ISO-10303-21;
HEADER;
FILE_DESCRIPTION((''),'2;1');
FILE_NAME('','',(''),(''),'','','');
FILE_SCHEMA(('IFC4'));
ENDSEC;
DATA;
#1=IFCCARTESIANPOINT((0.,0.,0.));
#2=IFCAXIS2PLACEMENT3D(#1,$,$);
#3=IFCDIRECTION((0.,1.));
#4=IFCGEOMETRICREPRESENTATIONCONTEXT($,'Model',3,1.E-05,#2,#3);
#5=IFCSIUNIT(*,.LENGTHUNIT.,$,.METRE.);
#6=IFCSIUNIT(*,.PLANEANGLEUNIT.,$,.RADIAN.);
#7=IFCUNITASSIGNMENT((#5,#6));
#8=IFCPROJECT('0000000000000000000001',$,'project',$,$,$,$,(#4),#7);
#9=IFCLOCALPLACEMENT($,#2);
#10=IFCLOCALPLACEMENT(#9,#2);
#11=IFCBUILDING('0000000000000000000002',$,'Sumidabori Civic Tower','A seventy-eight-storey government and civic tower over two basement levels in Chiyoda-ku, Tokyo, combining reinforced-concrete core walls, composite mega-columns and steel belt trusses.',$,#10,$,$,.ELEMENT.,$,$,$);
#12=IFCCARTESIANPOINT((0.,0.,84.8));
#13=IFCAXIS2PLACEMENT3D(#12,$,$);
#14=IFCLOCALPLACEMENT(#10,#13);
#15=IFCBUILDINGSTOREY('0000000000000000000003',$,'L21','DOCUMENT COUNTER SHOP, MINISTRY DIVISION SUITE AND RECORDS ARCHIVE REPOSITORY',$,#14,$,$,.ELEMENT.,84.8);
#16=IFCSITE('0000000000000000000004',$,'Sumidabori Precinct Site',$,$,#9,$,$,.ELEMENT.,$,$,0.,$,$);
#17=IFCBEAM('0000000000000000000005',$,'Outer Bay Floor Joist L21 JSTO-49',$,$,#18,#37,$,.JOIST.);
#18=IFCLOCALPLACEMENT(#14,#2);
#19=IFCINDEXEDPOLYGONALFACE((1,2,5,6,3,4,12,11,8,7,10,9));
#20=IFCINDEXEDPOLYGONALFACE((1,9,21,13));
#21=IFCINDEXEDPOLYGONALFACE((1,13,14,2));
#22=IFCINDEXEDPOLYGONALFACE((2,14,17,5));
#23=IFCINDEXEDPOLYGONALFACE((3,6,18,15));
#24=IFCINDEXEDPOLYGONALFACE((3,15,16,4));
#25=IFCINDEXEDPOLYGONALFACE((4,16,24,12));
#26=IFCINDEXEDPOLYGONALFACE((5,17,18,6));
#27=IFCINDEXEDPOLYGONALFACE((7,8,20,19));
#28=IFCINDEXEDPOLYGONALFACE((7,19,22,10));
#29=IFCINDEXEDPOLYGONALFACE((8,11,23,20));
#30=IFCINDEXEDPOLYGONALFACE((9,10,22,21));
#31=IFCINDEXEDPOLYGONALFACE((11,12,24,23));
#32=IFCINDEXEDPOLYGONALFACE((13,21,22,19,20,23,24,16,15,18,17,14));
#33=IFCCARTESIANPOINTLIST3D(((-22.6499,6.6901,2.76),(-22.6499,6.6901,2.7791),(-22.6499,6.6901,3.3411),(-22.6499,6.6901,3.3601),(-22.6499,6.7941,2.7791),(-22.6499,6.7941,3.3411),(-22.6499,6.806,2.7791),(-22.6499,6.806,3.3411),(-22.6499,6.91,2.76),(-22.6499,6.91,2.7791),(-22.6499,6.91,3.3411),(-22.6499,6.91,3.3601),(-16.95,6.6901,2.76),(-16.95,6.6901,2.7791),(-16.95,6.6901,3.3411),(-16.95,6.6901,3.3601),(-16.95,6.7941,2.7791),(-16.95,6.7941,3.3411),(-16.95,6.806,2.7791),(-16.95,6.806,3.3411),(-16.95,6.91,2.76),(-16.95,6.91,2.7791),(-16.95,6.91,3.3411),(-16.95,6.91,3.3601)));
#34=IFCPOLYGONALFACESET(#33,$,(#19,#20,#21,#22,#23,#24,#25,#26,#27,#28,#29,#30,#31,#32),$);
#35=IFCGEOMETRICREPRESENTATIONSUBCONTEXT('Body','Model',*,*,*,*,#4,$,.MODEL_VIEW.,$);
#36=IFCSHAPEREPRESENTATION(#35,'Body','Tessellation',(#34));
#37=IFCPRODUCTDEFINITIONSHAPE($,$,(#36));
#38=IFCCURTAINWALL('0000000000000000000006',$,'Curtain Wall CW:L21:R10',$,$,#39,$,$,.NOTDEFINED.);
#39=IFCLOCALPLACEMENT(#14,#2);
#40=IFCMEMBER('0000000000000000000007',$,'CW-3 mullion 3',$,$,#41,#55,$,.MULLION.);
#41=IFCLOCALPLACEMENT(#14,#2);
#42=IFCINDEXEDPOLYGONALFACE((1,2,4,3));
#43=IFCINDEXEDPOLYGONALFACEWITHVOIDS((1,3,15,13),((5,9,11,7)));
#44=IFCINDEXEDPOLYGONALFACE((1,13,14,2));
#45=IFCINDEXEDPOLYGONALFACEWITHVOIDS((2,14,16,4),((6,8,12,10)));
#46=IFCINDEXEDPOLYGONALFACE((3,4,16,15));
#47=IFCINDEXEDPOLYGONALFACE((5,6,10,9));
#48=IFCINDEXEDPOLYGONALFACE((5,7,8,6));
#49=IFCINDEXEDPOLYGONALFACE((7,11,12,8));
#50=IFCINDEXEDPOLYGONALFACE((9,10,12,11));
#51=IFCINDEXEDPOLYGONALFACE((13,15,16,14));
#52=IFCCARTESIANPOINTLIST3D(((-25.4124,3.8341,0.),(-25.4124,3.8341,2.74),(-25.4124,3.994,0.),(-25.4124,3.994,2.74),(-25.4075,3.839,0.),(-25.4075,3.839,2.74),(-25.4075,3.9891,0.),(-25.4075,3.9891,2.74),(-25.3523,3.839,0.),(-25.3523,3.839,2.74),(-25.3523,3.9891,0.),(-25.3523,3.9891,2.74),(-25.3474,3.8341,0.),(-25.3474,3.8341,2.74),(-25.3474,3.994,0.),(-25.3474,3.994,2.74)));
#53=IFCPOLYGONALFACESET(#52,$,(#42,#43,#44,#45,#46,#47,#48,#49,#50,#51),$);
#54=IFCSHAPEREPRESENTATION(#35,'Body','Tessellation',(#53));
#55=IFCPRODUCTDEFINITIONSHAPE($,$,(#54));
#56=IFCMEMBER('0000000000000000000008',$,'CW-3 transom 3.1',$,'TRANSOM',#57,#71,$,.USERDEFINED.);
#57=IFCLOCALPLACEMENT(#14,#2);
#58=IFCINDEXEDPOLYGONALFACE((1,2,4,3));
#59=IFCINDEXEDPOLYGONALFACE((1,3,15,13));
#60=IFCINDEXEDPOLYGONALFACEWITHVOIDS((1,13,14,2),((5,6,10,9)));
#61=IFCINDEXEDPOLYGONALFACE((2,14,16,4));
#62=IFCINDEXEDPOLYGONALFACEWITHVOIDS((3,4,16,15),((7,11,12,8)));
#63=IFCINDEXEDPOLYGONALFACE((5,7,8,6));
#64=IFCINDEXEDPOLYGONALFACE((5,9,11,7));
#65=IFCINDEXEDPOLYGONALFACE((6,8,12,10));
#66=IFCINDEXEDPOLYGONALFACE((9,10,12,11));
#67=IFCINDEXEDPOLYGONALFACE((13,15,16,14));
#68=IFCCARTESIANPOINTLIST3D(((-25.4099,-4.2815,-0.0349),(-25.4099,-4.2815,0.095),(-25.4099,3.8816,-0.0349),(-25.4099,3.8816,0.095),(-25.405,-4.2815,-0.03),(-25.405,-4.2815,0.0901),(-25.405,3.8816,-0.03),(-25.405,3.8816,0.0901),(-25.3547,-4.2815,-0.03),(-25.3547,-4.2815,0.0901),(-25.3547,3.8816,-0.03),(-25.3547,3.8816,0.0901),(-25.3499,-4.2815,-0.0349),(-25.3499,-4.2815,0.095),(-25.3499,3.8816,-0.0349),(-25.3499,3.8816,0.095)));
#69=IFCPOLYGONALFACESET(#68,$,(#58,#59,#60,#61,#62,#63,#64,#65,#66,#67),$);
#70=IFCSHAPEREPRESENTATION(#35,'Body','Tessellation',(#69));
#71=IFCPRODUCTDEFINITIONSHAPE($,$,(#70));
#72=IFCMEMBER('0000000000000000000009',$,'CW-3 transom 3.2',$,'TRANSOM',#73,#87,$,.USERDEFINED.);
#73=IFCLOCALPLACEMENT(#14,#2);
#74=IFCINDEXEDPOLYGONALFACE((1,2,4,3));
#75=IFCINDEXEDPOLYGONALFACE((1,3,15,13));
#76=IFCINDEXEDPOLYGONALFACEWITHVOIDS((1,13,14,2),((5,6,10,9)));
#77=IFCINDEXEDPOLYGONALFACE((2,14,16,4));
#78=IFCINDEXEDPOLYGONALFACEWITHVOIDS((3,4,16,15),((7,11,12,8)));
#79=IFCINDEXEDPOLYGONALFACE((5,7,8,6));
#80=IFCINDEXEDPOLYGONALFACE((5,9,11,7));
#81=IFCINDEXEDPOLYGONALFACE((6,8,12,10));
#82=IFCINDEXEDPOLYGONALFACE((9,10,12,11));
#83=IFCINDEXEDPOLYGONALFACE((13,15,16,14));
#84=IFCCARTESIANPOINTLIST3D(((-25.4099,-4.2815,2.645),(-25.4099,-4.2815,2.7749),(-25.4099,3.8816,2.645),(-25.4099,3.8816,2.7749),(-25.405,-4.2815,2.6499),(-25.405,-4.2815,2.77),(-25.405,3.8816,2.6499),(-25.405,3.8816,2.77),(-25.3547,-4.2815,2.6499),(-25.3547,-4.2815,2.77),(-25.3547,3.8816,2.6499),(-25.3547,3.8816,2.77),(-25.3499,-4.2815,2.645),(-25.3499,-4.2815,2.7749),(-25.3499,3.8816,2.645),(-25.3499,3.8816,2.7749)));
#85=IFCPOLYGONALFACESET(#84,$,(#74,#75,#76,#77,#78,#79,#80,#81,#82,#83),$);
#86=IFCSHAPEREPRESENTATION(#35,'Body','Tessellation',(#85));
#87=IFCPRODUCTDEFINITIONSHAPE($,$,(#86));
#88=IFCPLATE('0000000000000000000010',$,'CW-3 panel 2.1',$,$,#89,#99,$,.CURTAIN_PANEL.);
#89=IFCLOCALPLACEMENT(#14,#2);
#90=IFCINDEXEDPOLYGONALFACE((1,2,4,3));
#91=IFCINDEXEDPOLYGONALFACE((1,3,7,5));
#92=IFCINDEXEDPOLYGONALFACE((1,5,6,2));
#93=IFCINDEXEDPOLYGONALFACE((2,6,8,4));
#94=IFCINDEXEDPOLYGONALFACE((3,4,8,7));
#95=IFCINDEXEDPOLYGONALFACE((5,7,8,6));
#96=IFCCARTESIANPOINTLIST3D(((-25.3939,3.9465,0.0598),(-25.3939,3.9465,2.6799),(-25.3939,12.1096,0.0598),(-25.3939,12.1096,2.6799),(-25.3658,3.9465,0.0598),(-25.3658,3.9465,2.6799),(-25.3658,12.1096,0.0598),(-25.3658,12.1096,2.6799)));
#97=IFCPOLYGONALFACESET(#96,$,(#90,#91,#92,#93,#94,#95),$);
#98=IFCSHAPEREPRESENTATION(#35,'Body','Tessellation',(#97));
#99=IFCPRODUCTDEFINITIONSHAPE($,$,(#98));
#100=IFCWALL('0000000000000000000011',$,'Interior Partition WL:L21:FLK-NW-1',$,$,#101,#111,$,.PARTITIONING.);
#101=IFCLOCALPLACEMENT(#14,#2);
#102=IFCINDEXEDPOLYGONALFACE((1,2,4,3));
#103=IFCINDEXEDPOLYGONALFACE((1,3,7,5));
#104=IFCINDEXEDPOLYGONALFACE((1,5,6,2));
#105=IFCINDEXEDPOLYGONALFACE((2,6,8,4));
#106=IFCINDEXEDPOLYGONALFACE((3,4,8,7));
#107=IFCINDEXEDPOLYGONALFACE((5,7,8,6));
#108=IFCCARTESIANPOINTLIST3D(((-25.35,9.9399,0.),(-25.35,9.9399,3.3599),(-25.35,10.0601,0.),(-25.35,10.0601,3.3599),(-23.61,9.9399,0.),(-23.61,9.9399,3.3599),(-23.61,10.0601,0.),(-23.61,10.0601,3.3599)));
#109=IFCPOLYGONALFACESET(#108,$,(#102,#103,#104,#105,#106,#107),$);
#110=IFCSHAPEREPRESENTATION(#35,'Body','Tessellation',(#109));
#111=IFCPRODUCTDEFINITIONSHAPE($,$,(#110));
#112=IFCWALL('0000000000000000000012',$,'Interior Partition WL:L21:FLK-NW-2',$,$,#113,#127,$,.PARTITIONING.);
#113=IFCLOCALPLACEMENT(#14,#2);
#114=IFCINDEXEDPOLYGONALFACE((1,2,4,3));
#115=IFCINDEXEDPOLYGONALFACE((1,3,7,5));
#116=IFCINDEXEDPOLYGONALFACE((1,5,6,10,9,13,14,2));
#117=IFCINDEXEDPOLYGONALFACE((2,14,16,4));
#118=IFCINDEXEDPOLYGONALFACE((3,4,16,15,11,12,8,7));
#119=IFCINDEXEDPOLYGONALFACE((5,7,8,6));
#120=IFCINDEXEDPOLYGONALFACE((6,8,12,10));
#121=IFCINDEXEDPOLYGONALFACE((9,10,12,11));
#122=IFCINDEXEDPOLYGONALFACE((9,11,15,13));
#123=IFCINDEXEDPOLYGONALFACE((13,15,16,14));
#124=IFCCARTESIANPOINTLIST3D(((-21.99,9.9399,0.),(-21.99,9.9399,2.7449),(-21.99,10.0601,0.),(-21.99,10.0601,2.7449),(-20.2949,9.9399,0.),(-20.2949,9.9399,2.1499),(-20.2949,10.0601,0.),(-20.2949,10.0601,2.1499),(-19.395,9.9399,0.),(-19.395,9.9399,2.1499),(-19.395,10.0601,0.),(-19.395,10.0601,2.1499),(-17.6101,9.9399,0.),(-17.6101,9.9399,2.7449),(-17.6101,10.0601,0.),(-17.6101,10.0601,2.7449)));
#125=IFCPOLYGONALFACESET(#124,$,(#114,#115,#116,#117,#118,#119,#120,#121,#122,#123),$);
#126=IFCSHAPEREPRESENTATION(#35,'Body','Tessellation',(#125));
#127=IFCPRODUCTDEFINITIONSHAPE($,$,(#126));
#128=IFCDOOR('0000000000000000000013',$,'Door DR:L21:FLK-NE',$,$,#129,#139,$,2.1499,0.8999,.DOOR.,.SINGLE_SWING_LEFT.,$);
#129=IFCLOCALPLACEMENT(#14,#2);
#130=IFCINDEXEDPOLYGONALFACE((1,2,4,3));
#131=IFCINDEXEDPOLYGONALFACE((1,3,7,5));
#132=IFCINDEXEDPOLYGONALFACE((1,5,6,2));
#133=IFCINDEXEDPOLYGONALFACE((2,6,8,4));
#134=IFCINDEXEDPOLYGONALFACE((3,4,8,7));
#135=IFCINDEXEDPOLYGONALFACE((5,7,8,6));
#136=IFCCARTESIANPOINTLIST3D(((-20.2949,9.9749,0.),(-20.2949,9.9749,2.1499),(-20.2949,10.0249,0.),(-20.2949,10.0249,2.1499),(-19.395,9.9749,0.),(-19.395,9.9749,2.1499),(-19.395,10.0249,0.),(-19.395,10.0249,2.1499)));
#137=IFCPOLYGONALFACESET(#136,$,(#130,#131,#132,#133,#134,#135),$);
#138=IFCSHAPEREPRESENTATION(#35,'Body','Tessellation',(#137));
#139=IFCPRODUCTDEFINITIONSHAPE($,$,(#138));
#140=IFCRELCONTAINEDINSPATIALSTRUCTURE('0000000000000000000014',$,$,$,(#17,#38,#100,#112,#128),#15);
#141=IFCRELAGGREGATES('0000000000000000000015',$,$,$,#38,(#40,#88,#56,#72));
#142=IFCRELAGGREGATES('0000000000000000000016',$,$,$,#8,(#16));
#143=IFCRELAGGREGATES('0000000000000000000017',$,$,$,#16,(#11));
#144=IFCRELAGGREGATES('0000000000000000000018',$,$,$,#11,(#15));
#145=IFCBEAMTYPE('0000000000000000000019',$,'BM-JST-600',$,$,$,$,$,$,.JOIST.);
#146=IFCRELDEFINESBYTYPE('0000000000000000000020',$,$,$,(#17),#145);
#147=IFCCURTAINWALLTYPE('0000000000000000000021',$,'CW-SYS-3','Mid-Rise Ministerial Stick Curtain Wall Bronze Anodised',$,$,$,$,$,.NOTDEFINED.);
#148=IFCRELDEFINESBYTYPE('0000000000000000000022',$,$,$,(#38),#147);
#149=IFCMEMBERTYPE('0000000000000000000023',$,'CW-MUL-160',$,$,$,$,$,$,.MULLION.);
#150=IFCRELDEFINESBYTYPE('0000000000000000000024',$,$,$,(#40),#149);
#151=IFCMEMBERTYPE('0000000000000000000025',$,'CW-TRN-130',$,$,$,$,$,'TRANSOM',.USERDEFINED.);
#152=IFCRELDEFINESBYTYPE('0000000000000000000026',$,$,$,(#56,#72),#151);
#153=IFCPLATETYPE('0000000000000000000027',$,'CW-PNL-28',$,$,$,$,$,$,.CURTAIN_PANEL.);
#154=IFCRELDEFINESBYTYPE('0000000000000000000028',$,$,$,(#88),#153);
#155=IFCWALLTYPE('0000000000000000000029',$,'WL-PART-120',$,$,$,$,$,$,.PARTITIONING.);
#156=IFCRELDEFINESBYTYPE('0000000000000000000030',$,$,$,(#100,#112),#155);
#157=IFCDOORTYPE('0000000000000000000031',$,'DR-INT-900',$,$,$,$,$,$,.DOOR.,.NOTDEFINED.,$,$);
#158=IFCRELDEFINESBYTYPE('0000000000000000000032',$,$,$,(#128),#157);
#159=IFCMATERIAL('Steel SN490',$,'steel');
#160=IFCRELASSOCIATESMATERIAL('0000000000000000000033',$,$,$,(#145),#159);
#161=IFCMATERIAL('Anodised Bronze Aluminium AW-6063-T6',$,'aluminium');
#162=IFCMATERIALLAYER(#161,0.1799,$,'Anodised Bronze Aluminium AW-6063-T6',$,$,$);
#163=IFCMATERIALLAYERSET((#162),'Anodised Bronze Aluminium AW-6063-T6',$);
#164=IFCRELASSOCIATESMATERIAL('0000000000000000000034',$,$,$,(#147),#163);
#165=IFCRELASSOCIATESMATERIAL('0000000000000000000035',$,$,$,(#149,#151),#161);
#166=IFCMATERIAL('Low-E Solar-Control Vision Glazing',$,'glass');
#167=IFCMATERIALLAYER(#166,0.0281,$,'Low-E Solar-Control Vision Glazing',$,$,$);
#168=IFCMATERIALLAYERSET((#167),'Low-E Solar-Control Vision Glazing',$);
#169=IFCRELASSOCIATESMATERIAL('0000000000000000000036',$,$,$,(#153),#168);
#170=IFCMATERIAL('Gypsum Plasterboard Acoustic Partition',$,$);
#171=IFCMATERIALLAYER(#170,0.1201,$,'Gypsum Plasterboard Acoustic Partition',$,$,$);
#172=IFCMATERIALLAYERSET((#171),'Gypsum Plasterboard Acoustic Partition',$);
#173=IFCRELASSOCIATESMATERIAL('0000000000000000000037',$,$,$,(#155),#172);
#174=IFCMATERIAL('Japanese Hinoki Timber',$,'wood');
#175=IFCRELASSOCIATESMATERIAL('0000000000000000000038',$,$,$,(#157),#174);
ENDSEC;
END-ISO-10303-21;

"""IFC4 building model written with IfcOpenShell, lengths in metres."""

from ifc_helpers import new_model, si_unit, direction, frame, frame_2d, origin, origin_2d, place, context, subcontext, project, spatial, rectangle, hollow_rectangle, i_section, extrude, source, transform, mapped, material, layer, layer_set, material_profile, profile_set, type_object, element, fill, aggregate, save


model = new_model("IFC4")

# Units and contexts
model_context = context("Model", 3, precision=1e-05, world=origin(), true_north=direction((0.0, 1.0)))
body_context = subcontext(model_context, "Body", "Model", "MODEL_VIEW")
ifc_project = project(units=[si_unit("LENGTHUNIT", "METRE"), si_unit("PLANEANGLEUNIT", "RADIAN")], contexts=[model_context])

# Site, building, storey
site_placement = place(None, origin())
site = spatial("IfcSite", under=ifc_project, at=site_placement, Name="Sumidabori Precinct Site", CompositionType="ELEMENT", RefElevation=0.0)
building_placement = place(site_placement, origin())
building = spatial("IfcBuilding", under=site, at=building_placement, Name="Sumidabori Civic Tower", Description="A seventy-eight-storey government and civic tower over two basement levels in Chiyoda-ku, Tokyo, combining reinforced-concrete core walls, composite mega-columns and steel belt trusses.", CompositionType="ELEMENT")
storey_placement = place(building_placement, frame((0.0, 0.0, 84.8)))
storey = spatial("IfcBuildingStorey", under=building, at=storey_placement, Name="L21", Description="DOCUMENT COUNTER SHOP, MINISTRY DIVISION SUITE AND RECORDS ARCHIVE REPOSITORY", CompositionType="ELEMENT", Elevation=84.8)

# Beam
ifc_material_1 = material(Name="Steel SN490", Category="steel")
ifc_material_profile_1 = material_profile(ifc_material_1, i_section(OverallWidth=0.22, OverallDepth=0.6001, WebThickness=0.012, FlangeThickness=0.019, at=origin_2d()), Name="IPE 600")
ifc_profile_set_1 = profile_set([ifc_material_profile_1], Name="Steel SN490")
beam_type_1 = type_object("IfcBeamType", Name="BM-JST-600", PredefinedType="JOIST", material=ifc_profile_set_1)
shared_shape_1 = source(origin(), body_context, "Body", "SweptSolid", [
    extrude(i_section(OverallWidth=0.22, OverallDepth=0.6001, WebThickness=0.012, FlangeThickness=0.019, at=origin_2d()), origin(), (0.0, 0.0, 1.0), 5.7),
])
for number, where, z_axis, x_axis, name in (
    (1, (-22.6499, 6.8, 3.0601), (1.0, 0.0, 0.0), (0.0, 1.0, 0.0), "Outer Bay Floor Joist L21 JSTO-49"),
):
    element("IfcBeam", number, at=place(storey_placement, frame(where, z_axis=z_axis, x_axis=x_axis)), inside=storey, type_object=beam_type_1, Name=name, PredefinedType="JOIST", context=body_context, shape_type="MappedRepresentation", body=[
        mapped(shared_shape_1, transform((0.0, 0.0, 0.0), x_axis=(1.0, 0.0, 0.0), y_axis=(0.0, 1.0, 0.0), z_axis=(0.0, 0.0, 1.0), scale=1.0)),
    ])

# Curtain wall, members, plate
ifc_material_2 = material(Name="Anodised Bronze Aluminium AW-6063-T6", Category="aluminium")
ifc_layer_1 = layer(ifc_material_2, 0.1799, Name="Anodised Bronze Aluminium AW-6063-T6")
ifc_layer_set_1 = layer_set([ifc_layer_1], Name="Anodised Bronze Aluminium AW-6063-T6")
curtain_wall_type = type_object("IfcCurtainWallType", Name="CW-SYS-3", Description="Mid-Rise Ministerial Stick Curtain Wall Bronze Anodised", PredefinedType="NOTDEFINED", material=ifc_layer_set_1)
curtain_wall_placement = place(storey_placement, origin())
curtain_wall = element("IfcCurtainWall", 2, at=curtain_wall_placement, inside=storey, type_object=curtain_wall_type, Name="Curtain Wall CW:L21:R10", PredefinedType="NOTDEFINED")
ifc_material_profile_2 = material_profile(ifc_material_2, hollow_rectangle(XDim=0.0649, YDim=0.1599, WallThickness=0.0049, at=origin_2d()), Name="ALU MULLION 160x65")
ifc_profile_set_2 = profile_set([ifc_material_profile_2], Name="Anodised Bronze Aluminium AW-6063-T6")
member_type_1 = type_object("IfcMemberType", Name="CW-MUL-160", PredefinedType="MULLION", material=ifc_profile_set_2)
shared_shape_2 = source(origin(), body_context, "Body", "SweptSolid", [
    extrude(hollow_rectangle(XDim=0.0649, YDim=0.1599, WallThickness=0.0049, at=origin_2d()), origin(), (0.0, 0.0, 1.0), 2.74),
])
member_1_placement = place(storey_placement, frame((-25.3799, 3.9141, 0.0), z_axis=(0.0, 0.0, 1.0), x_axis=(1.0, 0.0, 0.0)))
member_1 = element("IfcMember", 3, at=member_1_placement, type_object=member_type_1, Name="CW-3 mullion 3", PredefinedType="MULLION", context=body_context, shape_type="MappedRepresentation", body=[
    mapped(shared_shape_2, transform((0.0, 0.0, 0.0), x_axis=(1.0, 0.0, 0.0), y_axis=(0.0, 1.0, 0.0), z_axis=(0.0, 0.0, 1.0), scale=1.0)),
])
ifc_material_profile_3 = material_profile(ifc_material_2, hollow_rectangle(XDim=0.0601, YDim=0.1299, WallThickness=0.0049, at=origin_2d()), Name="ALU TRANSOM 130x60")
ifc_profile_set_3 = profile_set([ifc_material_profile_3], Name="Anodised Bronze Aluminium AW-6063-T6")
member_type_2 = type_object("IfcMemberType", Name="CW-TRN-130", ElementType="TRANSOM", PredefinedType="USERDEFINED", material=ifc_profile_set_3)
shared_shape_3 = source(origin(), body_context, "Body", "SweptSolid", [
    extrude(hollow_rectangle(XDim=0.0601, YDim=0.1299, WallThickness=0.0049, at=origin_2d()), origin(), (0.0, 0.0, 1.0), 8.1631),
])
member_2_placement = place(storey_placement, frame((-25.3799, 3.8816, 0.03), z_axis=(0.0, -1.0, 0.0), x_axis=(1.0, 0.0, 0.0)))
member_2 = element("IfcMember", 4, at=member_2_placement, type_object=member_type_2, Name="CW-3 transom 3.1", ObjectType="TRANSOM", PredefinedType="USERDEFINED", context=body_context, shape_type="MappedRepresentation", body=[
    mapped(shared_shape_3, transform((0.0, 0.0, 0.0), x_axis=(1.0, 0.0, 0.0), y_axis=(0.0, 1.0, 0.0), z_axis=(0.0, 0.0, 1.0), scale=1.0)),
])
member_3_placement = place(storey_placement, frame((-25.3799, 3.8816, 2.71), z_axis=(0.0, -1.0, 0.0), x_axis=(1.0, 0.0, 0.0)))
member_3 = element("IfcMember", 5, at=member_3_placement, type_object=member_type_2, Name="CW-3 transom 3.2", ObjectType="TRANSOM", PredefinedType="USERDEFINED", context=body_context, shape_type="MappedRepresentation", body=[
    mapped(shared_shape_3, transform((0.0, 0.0, 0.0), x_axis=(1.0, 0.0, 0.0), y_axis=(0.0, 1.0, 0.0), z_axis=(0.0, 0.0, 1.0), scale=1.0)),
])
ifc_material_3 = material(Name="Low-E Solar-Control Vision Glazing", Category="glass")
ifc_layer_2 = layer(ifc_material_3, 0.0281, Name="Low-E Solar-Control Vision Glazing")
ifc_layer_set_2 = layer_set([ifc_layer_2], Name="Low-E Solar-Control Vision Glazing")
plate_type = type_object("IfcPlateType", Name="CW-PNL-28", PredefinedType="CURTAIN_PANEL", material=ifc_layer_set_2)
shared_shape_4 = source(origin(), body_context, "Body", "SweptSolid", [
    extrude(rectangle(XDim=8.1631, YDim=0.0281, at=origin_2d()), origin(), (0.0, 0.0, 1.0), 2.6201),
])
plate_placement = place(storey_placement, frame((-25.3799, 8.0281, 0.0598), z_axis=(0.0, 0.0, 1.0), x_axis=(0.0, -1.0, 0.0)))
plate = element("IfcPlate", 6, at=plate_placement, type_object=plate_type, Name="CW-3 panel 2.1", PredefinedType="CURTAIN_PANEL", context=body_context, shape_type="MappedRepresentation", body=[
    mapped(shared_shape_4, transform((0.0, 0.0, 0.0), x_axis=(1.0, 0.0, 0.0), y_axis=(0.0, 1.0, 0.0), z_axis=(0.0, 0.0, 1.0), scale=1.0)),
])
aggregate(curtain_wall, [member_1, plate, member_2, member_3])

# Wall
ifc_material_4 = material(Name="Gypsum Plasterboard Acoustic Partition")
ifc_layer_3 = layer(ifc_material_4, 0.1201, Name="Gypsum Plasterboard Acoustic Partition")
ifc_layer_set_3 = layer_set([ifc_layer_3], Name="Gypsum Plasterboard Acoustic Partition")
wall_type_1 = type_object("IfcWallType", Name="WL-PART-120", PredefinedType="PARTITIONING", material=ifc_layer_set_3)
shared_shape_5 = source(origin(), body_context, "Body", "SweptSolid", [
    extrude(rectangle(XDim=1.74, YDim=0.1201, at=frame_2d((0.8701, 0.0))), origin(), (0.0, 0.0, 1.0), 3.3599),
])
wall_1_placement = place(storey_placement, frame((-25.3501, 10.0, 0.0), z_axis=(0.0, 0.0, 1.0), x_axis=(1.0, 0.0, 0.0)))
element("IfcWall", 7, at=wall_1_placement, inside=storey, type_object=wall_type_1, Name="Interior Partition WL:L21:FLK-NW-1", PredefinedType="PARTITIONING", context=body_context, shape_type="MappedRepresentation", body=[
    mapped(shared_shape_5, transform((0.0, 0.0, 0.0), x_axis=(1.0, 0.0, 0.0), y_axis=(0.0, 1.0, 0.0), z_axis=(0.0, 0.0, 1.0), scale=1.0)),
])

# Wall, opening, door
shared_shape_6 = source(origin(), body_context, "Body", "SweptSolid", [
    extrude(rectangle(XDim=4.3799, YDim=0.1201, at=frame_2d((2.1899, 0.0))), origin(), (0.0, 0.0, 1.0), 2.7449),
])
wall_2_placement = place(storey_placement, frame((-21.99, 10.0, 0.0), z_axis=(0.0, 0.0, 1.0), x_axis=(1.0, 0.0, 0.0)))
wall_2 = element("IfcWall", 8, at=wall_2_placement, inside=storey, type_object=wall_type_1, Name="Interior Partition WL:L21:FLK-NW-2", PredefinedType="PARTITIONING", context=body_context, shape_type="MappedRepresentation", body=[
    mapped(shared_shape_6, transform((0.0, 0.0, 0.0), x_axis=(1.0, 0.0, 0.0), y_axis=(0.0, 1.0, 0.0), z_axis=(0.0, 0.0, 1.0), scale=1.0)),
])
opening_1_placement = place(wall_2_placement, frame((1.6951, 0.0, 0.0)))
opening_1 = element("IfcOpeningElement", 9, at=opening_1_placement, cuts=wall_2, PredefinedType="OPENING", context=body_context, shape_type="SweptSolid", body=[
    extrude(rectangle(XDim=0.8999, YDim=2.1499, at=frame_2d((0.45, 1.075))), frame((0.0, 0.072, 0.0), z_axis=(0.0, -1.0, 0.0), x_axis=(1.0, 0.0, 0.0)), (0.0, 0.0, 1.0), 0.144),
])
ifc_material_5 = material(Name="Japanese Hinoki Timber", Category="wood")
door_type_1 = type_object("IfcDoorType", Name="DR-INT-900", OperationType="NOTDEFINED", PredefinedType="DOOR", material=ifc_material_5)
shared_shape_7 = source(origin(), body_context, "Body", "SweptSolid", [
    extrude(rectangle(XDim=0.8999, YDim=2.1499, at=frame_2d((0.45, 1.075))), frame((0.0, 0.0249, 0.0), z_axis=(0.0, -1.0, 0.0), x_axis=(1.0, 0.0, 0.0)), (0.0, 0.0, 1.0), 0.05),
])
door_1_placement = place(opening_1_placement, origin())
door_1 = element("IfcDoor", 10, at=door_1_placement, inside=storey, type_object=door_type_1, Name="Door DR:L21:FLK-NE", OperationType="SINGLE_SWING_LEFT", OverallHeight=2.1499, OverallWidth=0.8999, PredefinedType="DOOR", context=body_context, shape_type="MappedRepresentation", body=[
    mapped(shared_shape_7, transform((0.0, 0.0, 0.0), x_axis=(1.0, 0.0, 0.0), y_axis=(0.0, 1.0, 0.0), z_axis=(0.0, 0.0, 1.0), scale=1.0)),
])
fill(opening_1, door_1)

save(model, "model.ifc")
